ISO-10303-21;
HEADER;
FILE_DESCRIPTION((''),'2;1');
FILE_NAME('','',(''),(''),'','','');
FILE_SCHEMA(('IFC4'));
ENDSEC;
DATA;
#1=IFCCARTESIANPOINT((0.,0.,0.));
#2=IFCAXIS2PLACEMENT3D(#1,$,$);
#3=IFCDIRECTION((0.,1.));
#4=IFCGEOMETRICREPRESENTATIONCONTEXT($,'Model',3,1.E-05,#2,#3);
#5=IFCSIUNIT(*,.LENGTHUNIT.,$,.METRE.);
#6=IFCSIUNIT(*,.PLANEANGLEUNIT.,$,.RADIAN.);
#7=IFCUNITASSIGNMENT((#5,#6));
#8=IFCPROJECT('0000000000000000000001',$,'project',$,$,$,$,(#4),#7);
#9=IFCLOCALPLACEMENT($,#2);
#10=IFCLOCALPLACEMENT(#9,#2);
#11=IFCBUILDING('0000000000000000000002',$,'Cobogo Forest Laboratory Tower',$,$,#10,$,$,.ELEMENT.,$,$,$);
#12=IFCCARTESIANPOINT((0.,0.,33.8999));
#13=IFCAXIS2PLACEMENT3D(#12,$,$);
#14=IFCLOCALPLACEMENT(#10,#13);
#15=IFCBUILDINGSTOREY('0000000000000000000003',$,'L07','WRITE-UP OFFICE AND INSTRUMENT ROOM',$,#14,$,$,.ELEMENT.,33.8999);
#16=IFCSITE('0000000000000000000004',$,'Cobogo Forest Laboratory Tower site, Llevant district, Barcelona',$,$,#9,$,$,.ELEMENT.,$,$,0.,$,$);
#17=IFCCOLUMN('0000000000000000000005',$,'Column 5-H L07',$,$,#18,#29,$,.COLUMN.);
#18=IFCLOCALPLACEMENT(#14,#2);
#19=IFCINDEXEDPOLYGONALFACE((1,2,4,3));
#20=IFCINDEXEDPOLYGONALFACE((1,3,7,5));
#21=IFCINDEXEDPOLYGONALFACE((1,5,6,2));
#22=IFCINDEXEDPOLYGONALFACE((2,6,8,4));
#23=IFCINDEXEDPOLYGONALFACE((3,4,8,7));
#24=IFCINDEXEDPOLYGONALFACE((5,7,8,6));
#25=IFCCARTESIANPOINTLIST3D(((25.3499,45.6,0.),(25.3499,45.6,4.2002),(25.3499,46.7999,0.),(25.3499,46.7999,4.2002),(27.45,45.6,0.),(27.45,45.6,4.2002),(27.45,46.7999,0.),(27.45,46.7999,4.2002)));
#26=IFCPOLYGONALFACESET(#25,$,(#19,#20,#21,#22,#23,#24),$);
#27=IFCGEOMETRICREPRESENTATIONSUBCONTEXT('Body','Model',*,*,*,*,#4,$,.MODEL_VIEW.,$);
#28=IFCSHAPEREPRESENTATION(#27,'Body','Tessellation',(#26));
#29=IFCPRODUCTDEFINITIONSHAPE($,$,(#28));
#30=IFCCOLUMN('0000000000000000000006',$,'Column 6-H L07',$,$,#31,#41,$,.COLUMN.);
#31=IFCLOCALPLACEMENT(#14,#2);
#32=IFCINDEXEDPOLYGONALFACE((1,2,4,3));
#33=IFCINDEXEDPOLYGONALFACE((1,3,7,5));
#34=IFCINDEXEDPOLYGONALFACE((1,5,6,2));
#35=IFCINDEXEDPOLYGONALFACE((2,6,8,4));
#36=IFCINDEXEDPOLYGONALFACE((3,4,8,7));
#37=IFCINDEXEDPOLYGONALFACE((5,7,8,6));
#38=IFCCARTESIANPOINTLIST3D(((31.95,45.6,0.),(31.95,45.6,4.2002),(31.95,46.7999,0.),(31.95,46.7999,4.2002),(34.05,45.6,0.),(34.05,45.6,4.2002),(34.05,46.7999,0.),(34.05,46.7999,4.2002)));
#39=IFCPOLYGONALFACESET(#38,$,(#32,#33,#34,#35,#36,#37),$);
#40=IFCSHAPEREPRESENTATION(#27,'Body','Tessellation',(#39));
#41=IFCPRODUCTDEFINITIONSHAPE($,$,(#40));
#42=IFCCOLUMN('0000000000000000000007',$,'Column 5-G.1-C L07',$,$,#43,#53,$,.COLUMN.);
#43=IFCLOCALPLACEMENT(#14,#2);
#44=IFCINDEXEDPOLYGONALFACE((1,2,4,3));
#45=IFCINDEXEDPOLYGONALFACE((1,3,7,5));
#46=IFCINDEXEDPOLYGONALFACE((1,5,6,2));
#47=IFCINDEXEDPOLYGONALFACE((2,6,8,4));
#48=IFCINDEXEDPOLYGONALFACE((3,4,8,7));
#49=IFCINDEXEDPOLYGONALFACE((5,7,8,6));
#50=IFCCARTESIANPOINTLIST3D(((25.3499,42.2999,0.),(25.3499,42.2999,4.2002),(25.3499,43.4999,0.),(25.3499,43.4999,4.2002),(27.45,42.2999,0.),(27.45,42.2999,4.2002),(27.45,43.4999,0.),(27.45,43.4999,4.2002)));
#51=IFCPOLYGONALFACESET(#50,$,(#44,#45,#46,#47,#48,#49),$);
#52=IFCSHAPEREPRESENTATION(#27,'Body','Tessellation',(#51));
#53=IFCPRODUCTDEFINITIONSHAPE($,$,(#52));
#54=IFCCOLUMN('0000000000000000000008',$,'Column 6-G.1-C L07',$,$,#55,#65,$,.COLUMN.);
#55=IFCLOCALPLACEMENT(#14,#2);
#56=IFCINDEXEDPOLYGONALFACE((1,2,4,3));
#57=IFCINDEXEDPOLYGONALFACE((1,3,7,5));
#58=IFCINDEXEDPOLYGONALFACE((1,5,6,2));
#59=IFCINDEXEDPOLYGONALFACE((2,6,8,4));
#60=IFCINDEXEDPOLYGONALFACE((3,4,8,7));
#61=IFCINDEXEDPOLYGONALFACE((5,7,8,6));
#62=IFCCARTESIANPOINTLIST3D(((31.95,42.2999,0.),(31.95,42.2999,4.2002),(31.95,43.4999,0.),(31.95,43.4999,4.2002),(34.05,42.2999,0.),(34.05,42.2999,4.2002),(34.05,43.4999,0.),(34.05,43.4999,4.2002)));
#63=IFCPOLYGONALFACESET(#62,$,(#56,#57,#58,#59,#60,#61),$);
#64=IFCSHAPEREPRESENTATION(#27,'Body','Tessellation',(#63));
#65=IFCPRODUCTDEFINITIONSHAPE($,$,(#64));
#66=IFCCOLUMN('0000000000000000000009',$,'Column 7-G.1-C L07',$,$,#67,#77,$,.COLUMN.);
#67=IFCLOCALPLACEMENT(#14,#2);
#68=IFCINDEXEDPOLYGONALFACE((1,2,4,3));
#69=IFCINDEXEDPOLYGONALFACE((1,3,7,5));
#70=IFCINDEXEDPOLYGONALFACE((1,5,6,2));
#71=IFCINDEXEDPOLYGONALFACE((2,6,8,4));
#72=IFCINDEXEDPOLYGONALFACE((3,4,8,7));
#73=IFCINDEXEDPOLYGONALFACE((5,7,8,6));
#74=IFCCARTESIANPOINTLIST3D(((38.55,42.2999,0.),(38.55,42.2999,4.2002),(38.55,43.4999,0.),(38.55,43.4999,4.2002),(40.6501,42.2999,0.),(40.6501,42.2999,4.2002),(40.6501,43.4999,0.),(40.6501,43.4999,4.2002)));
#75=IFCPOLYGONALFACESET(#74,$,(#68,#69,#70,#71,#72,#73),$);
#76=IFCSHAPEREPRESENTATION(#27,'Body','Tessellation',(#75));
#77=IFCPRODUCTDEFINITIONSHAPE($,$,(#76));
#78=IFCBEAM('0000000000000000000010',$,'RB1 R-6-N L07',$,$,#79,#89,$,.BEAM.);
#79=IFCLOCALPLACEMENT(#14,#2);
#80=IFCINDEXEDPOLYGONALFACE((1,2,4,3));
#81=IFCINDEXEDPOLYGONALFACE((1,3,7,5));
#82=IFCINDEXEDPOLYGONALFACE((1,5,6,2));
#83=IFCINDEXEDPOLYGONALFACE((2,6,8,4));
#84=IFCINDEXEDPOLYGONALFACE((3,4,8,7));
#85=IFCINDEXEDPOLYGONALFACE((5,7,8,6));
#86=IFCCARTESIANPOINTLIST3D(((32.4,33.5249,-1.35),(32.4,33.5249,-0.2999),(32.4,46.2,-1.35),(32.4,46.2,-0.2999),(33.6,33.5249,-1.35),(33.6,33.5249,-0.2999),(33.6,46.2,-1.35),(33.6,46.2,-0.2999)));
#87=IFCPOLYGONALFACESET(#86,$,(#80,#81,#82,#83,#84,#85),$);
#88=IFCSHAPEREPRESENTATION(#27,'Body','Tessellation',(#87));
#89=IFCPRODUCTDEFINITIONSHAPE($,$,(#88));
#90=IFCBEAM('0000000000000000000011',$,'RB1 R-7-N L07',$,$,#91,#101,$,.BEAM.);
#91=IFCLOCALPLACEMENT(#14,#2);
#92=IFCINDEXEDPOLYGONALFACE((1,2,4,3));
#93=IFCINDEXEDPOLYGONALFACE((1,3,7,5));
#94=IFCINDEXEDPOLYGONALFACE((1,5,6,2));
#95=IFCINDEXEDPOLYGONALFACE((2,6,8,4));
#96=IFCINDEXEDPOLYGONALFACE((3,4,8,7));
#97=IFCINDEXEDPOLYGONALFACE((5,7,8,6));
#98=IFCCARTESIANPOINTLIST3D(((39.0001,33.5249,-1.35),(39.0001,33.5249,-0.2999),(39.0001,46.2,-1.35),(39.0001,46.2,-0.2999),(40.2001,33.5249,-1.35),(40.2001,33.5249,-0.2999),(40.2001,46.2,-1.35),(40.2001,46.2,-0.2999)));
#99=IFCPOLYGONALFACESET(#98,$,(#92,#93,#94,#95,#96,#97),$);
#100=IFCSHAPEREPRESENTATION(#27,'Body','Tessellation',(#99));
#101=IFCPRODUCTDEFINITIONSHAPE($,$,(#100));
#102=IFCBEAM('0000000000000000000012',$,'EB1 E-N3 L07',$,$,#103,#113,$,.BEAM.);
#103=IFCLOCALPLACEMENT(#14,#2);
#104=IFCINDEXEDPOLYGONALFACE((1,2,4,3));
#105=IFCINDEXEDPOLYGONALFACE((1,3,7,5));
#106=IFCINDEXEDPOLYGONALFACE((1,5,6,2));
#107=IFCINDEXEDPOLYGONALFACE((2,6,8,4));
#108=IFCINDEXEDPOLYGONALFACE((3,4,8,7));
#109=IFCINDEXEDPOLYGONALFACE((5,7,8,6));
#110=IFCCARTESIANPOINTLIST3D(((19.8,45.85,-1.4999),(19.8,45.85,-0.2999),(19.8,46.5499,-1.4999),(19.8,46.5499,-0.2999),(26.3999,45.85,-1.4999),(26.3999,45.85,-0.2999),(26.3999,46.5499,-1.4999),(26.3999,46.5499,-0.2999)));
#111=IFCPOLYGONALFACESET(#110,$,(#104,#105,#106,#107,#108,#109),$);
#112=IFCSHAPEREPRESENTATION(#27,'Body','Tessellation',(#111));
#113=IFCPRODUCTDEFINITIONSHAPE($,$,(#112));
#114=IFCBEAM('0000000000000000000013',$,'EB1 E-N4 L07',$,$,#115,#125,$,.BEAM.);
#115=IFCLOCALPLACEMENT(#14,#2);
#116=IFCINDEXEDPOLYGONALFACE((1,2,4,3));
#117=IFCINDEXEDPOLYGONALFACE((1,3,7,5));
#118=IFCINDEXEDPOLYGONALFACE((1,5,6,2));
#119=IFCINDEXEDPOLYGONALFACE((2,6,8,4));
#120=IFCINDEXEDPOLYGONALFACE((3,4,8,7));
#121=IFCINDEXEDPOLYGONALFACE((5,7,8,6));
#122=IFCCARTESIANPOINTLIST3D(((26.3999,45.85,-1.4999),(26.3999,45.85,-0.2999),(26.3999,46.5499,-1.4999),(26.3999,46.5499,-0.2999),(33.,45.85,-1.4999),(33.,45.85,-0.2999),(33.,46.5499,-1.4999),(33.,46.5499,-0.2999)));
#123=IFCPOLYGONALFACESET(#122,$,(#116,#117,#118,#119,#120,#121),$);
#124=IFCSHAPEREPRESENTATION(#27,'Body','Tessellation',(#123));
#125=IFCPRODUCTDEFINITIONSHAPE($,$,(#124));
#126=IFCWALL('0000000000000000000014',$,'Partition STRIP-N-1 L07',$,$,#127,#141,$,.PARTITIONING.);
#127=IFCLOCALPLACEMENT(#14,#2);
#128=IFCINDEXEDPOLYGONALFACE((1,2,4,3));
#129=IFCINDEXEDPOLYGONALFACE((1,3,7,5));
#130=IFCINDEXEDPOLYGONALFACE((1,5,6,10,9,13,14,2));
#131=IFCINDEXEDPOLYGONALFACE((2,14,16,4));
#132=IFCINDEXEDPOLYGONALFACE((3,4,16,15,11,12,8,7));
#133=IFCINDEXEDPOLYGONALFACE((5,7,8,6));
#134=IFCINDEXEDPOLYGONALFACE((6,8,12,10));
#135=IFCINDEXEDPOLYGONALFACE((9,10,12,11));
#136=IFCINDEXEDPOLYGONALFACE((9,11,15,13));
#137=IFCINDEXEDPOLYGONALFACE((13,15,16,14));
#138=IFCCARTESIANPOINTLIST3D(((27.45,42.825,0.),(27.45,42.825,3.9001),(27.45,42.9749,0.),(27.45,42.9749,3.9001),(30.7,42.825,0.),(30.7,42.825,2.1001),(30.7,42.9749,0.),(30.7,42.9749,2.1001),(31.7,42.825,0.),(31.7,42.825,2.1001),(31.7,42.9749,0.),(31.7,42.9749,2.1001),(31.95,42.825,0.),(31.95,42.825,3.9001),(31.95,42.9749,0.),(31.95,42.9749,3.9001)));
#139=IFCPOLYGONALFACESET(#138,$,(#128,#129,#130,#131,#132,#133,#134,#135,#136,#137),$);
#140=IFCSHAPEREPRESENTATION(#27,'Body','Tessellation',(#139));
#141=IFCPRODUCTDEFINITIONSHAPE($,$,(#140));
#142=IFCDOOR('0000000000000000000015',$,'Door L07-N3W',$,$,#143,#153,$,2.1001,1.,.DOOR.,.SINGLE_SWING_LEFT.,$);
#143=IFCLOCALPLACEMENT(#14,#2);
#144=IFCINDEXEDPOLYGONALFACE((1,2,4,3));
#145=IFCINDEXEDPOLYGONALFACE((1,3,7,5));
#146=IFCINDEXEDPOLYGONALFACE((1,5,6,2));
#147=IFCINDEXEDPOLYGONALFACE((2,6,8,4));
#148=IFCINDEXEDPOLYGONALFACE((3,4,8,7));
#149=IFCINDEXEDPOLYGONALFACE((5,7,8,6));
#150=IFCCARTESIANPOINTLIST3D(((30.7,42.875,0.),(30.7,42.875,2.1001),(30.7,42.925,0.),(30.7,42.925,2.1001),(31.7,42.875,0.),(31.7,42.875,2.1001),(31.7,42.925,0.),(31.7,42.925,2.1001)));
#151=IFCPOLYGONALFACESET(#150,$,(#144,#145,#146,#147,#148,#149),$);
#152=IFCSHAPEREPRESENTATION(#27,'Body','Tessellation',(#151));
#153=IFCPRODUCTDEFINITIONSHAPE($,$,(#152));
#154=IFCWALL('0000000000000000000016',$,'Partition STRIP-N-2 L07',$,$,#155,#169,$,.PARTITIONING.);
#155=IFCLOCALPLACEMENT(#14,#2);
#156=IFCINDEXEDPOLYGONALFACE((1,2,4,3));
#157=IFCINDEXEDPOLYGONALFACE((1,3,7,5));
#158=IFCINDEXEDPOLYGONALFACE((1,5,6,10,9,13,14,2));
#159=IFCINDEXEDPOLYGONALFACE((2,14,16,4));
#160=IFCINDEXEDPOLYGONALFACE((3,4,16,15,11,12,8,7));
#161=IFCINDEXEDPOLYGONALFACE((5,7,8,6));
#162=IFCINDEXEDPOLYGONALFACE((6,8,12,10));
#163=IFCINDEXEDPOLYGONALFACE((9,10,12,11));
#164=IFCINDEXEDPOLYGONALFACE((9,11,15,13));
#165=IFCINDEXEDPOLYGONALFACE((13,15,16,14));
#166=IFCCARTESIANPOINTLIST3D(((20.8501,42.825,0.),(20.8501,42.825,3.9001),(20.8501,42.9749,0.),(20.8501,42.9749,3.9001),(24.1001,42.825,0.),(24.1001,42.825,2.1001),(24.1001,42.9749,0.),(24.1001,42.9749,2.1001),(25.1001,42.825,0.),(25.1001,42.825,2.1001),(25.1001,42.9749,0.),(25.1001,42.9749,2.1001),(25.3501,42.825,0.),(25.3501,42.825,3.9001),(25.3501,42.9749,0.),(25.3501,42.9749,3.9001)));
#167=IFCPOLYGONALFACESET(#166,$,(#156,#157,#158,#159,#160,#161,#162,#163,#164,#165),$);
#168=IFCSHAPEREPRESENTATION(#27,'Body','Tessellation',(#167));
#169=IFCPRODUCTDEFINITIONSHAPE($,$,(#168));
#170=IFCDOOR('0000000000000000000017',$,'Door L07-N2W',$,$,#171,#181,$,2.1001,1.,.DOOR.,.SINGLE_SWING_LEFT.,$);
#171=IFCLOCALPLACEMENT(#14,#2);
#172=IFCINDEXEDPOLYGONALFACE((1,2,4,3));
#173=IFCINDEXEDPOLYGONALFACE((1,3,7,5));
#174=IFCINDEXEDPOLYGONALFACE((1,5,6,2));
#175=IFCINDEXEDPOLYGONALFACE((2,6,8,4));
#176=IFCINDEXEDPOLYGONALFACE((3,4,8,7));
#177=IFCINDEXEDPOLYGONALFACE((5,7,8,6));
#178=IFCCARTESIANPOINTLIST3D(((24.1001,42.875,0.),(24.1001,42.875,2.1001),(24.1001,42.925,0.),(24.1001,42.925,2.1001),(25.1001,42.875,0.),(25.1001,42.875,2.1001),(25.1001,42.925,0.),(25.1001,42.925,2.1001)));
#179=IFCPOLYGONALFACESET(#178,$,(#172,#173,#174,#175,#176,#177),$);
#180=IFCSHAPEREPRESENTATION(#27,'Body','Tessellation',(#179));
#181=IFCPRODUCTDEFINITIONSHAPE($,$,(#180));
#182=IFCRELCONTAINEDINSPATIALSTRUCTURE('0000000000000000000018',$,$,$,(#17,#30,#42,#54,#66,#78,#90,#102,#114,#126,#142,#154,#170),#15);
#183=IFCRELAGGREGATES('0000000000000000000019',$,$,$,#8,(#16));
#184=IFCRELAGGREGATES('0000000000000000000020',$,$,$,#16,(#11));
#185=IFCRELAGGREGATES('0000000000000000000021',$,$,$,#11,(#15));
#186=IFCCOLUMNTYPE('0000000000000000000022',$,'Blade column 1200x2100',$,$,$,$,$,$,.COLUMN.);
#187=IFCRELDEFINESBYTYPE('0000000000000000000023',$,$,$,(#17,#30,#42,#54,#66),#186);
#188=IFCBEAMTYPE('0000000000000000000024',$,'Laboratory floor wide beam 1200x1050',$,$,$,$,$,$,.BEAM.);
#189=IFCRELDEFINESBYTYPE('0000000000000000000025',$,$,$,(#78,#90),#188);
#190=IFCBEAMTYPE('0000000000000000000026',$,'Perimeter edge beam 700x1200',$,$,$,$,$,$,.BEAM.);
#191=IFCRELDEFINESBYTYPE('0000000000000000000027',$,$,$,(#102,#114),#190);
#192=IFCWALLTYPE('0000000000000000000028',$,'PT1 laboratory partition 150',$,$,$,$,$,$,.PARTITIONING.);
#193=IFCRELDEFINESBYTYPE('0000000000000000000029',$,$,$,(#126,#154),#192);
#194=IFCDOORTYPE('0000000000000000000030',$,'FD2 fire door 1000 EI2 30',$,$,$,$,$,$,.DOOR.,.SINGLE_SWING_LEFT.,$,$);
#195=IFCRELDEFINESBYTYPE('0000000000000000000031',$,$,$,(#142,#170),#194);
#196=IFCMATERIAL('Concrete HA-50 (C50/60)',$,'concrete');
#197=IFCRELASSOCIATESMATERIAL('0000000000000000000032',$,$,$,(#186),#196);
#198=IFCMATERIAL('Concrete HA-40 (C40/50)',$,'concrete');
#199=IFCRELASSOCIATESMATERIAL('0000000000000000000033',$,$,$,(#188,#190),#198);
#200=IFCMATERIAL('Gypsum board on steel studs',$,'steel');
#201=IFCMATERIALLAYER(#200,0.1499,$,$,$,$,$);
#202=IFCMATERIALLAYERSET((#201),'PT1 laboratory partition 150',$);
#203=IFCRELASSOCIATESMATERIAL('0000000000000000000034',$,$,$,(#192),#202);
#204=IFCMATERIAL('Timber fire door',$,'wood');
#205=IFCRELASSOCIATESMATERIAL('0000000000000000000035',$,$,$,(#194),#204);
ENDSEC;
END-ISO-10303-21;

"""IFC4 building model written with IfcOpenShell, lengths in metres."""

from ifc_helpers import new_model, si_unit, direction, frame, frame_2d, origin, origin_2d, place, context, subcontext, project, spatial, rectangle, extrude, material, layer, layer_set, material_profile, profile_set, type_object, element, fill, save


model = new_model("IFC4")

# Units and contexts
model_context = context("Model", 3, precision=1e-05, world=origin(), true_north=direction((0.0, 1.0)))
body_context = subcontext(model_context, "Body", "Model", "MODEL_VIEW")
ifc_project = project(units=[si_unit("LENGTHUNIT", "METRE"), si_unit("PLANEANGLEUNIT", "RADIAN")], contexts=[model_context])

# Site, building, storey
site_placement = place(None, origin())
site = spatial("IfcSite", under=ifc_project, at=site_placement, Name="Cobogo Forest Laboratory Tower site, Llevant district, Barcelona", CompositionType="ELEMENT", RefElevation=0.0)
building_placement = place(site_placement, origin())
building = spatial("IfcBuilding", under=site, at=building_placement, Name="Cobogo Forest Laboratory Tower", CompositionType="ELEMENT")
storey_placement = place(building_placement, frame((0.0, 0.0, 33.8999)))
storey = spatial("IfcBuildingStorey", under=building, at=storey_placement, Name="L07", Description="WRITE-UP OFFICE AND INSTRUMENT ROOM", CompositionType="ELEMENT", Elevation=33.8999)

# Columns
ifc_material_1 = material(Name="Concrete HA-50 (C50/60)", Category="concrete")
ifc_material_profile_1 = material_profile(ifc_material_1, rectangle(XDim=2.1001, YDim=1.2, at=origin_2d()), Name="RC 1200x2100")
ifc_profile_set_1 = profile_set([ifc_material_profile_1], Name="Concrete HA-50 (C50/60)")
column_type = type_object("IfcColumnType", Name="Blade column 1200x2100", PredefinedType="COLUMN", material=ifc_profile_set_1)
for number, where, z_axis, x_axis, name in (
    (1, (26.3999, 46.2, 0.0), (0.0, 0.0, 1.0), (1.0, 0.0, 0.0), "Column 5-H L07"),
    (2, (33.0, 46.2, 0.0), (0.0, 0.0, 1.0), (1.0, 0.0, 0.0), "Column 6-H L07"),
    (3, (26.3999, 42.8999, 0.0), (0.0, 0.0, 1.0), (1.0, 0.0, 0.0), "Column 5-G.1-C L07"),
    (4, (33.0, 42.8999, 0.0), (0.0, 0.0, 1.0), (1.0, 0.0, 0.0), "Column 6-G.1-C L07"),
    (5, (39.6001, 42.8999, 0.0), (0.0, 0.0, 1.0), (1.0, 0.0, 0.0), "Column 7-G.1-C L07"),
):
    element("IfcColumn", number, at=place(storey_placement, frame(where, z_axis=z_axis, x_axis=x_axis)), inside=storey, type_object=column_type, Name=name, PredefinedType="COLUMN", context=body_context, shape_type="SweptSolid", body=[
        extrude(rectangle(XDim=2.1001, YDim=1.2, at=origin_2d()), origin(), (0.0, 0.0, 1.0), 4.2002),
    ])

# Beams
ifc_material_2 = material(Name="Concrete HA-40 (C40/50)", Category="concrete")
ifc_material_profile_2 = material_profile(ifc_material_2, rectangle(XDim=1.2, YDim=1.05, at=origin_2d()), Name="RC 1200x1050")
ifc_profile_set_2 = profile_set([ifc_material_profile_2], Name="Concrete HA-40 (C40/50)")
beam_type_1 = type_object("IfcBeamType", Name="Laboratory floor wide beam 1200x1050", PredefinedType="BEAM", material=ifc_profile_set_2)
for number, where, z_axis, x_axis, name in (
    (6, (33.0, 33.5249, -0.825), (0.0, 1.0, 0.0), (-1.0, 0.0, 0.0), "RB1 R-6-N L07"),
    (7, (39.6001, 33.5249, -0.825), (0.0, 1.0, 0.0), (-1.0, 0.0, 0.0), "RB1 R-7-N L07"),
):
    element("IfcBeam", number, at=place(storey_placement, frame(where, z_axis=z_axis, x_axis=x_axis)), inside=storey, type_object=beam_type_1, Name=name, PredefinedType="BEAM", context=body_context, shape_type="SweptSolid", body=[
        extrude(rectangle(XDim=1.2, YDim=1.05, at=origin_2d()), origin(), (0.0, 0.0, 1.0), 12.675),
    ])
ifc_material_profile_3 = material_profile(ifc_material_2, rectangle(XDim=0.7, YDim=1.2, at=origin_2d()), Name="RC 700x1200")
ifc_profile_set_3 = profile_set([ifc_material_profile_3], Name="Concrete HA-40 (C40/50)")
beam_type_2 = type_object("IfcBeamType", Name="Perimeter edge beam 700x1200", PredefinedType="BEAM", material=ifc_profile_set_3)
beam_1_placement = place(storey_placement, frame((19.8, 46.2, -0.8999), z_axis=(1.0, 0.0, 0.0), x_axis=(0.0, 1.0, 0.0)))
element("IfcBeam", 8, at=beam_1_placement, inside=storey, type_object=beam_type_2, Name="EB1 E-N3 L07", PredefinedType="BEAM", context=body_context, shape_type="SweptSolid", body=[
    extrude(rectangle(XDim=0.7, YDim=1.2, at=origin_2d()), origin(), (0.0, 0.0, 1.0), 6.5999),
])
beam_2_placement = place(storey_placement, frame((26.3999, 46.2, -0.8999), z_axis=(1.0, 0.0, 0.0), x_axis=(0.0, 1.0, 0.0)))
element("IfcBeam", 9, at=beam_2_placement, inside=storey, type_object=beam_type_2, Name="EB1 E-N4 L07", PredefinedType="BEAM", context=body_context, shape_type="SweptSolid", body=[
    extrude(rectangle(XDim=0.7, YDim=1.2, at=origin_2d()), origin(), (0.0, 0.0, 1.0), 6.6001),
])

# Walls, openings, doors
ifc_material_3 = material(Name="Gypsum board on steel studs", Category="steel")
ifc_layer_1 = layer(ifc_material_3, 0.1499)
ifc_layer_set_1 = layer_set([ifc_layer_1], Name="PT1 laboratory partition 150")
wall_type_1 = type_object("IfcWallType", Name="PT1 laboratory partition 150", PredefinedType="PARTITIONING", material=ifc_layer_set_1)
wall_1_placement = place(storey_placement, frame((31.95, 42.8999, 0.0), z_axis=(0.0, 0.0, 1.0), x_axis=(-1.0, 0.0, 0.0)))
wall_1 = element("IfcWall", 10, at=wall_1_placement, inside=storey, type_object=wall_type_1, Name="Partition STRIP-N-1 L07", PredefinedType="PARTITIONING", context=body_context, shape_type="SweptSolid", body=[
    extrude(rectangle(XDim=4.5, YDim=0.1499, at=frame_2d((2.25, 0.0))), origin(), (0.0, 0.0, 1.0), 3.9001),
])
opening_1_placement = place(wall_1_placement, frame((0.25, 0.0, 0.0)))
opening_1 = element("IfcOpeningElement", 11, at=opening_1_placement, cuts=wall_1, PredefinedType="OPENING", context=body_context, shape_type="SweptSolid", body=[
    extrude(rectangle(XDim=1.0, YDim=2.1001, at=frame_2d((0.5, 1.05))), frame((0.0, 0.085, 0.0), z_axis=(0.0, -1.0, 0.0), x_axis=(1.0, 0.0, 0.0)), (0.0, 0.0, 1.0), 0.1699),
])
ifc_material_4 = material(Name="Timber fire door", Category="wood")
door_type = type_object("IfcDoorType", Name="FD2 fire door 1000 EI2 30", OperationType="SINGLE_SWING_LEFT", PredefinedType="DOOR", material=ifc_material_4)
door_1_placement = place(opening_1_placement, origin())
door_1 = element("IfcDoor", 12, at=door_1_placement, inside=storey, type_object=door_type, Name="Door L07-N3W", OperationType="SINGLE_SWING_LEFT", OverallHeight=2.1001, OverallWidth=1.0, PredefinedType="DOOR", context=body_context, shape_type="SweptSolid", body=[
    extrude(rectangle(XDim=1.0, YDim=2.1001, at=frame_2d((0.5, 1.05))), frame((0.0, 0.0249, 0.0), z_axis=(0.0, -1.0, 0.0), x_axis=(1.0, 0.0, 0.0)), (0.0, 0.0, 1.0), 0.05),
])
fill(opening_1, door_1)
wall_2_placement = place(storey_placement, frame((25.3501, 42.8999, 0.0), z_axis=(0.0, 0.0, 1.0), x_axis=(-1.0, 0.0, 0.0)))
wall_2 = element("IfcWall", 13, at=wall_2_placement, inside=storey, type_object=wall_type_1, Name="Partition STRIP-N-2 L07", PredefinedType="PARTITIONING", context=body_context, shape_type="SweptSolid", body=[
    extrude(rectangle(XDim=4.5, YDim=0.1499, at=frame_2d((2.25, 0.0))), origin(), (0.0, 0.0, 1.0), 3.9001),
])
opening_2_placement = place(wall_2_placement, frame((0.25, 0.0, 0.0)))
opening_2 = element("IfcOpeningElement", 14, at=opening_2_placement, cuts=wall_2, PredefinedType="OPENING", context=body_context, shape_type="SweptSolid", body=[
    extrude(rectangle(XDim=1.0, YDim=2.1001, at=frame_2d((0.5, 1.05))), frame((0.0, 0.085, 0.0), z_axis=(0.0, -1.0, 0.0), x_axis=(1.0, 0.0, 0.0)), (0.0, 0.0, 1.0), 0.1699),
])
door_2_placement = place(opening_2_placement, origin())
door_2 = element("IfcDoor", 15, at=door_2_placement, inside=storey, type_object=door_type, Name="Door L07-N2W", OperationType="SINGLE_SWING_LEFT", OverallHeight=2.1001, OverallWidth=1.0, PredefinedType="DOOR", context=body_context, shape_type="SweptSolid", body=[
    extrude(rectangle(XDim=1.0, YDim=2.1001, at=frame_2d((0.5, 1.05))), frame((0.0, 0.0249, 0.0), z_axis=(0.0, -1.0, 0.0), x_axis=(1.0, 0.0, 0.0)), (0.0, 0.0, 1.0), 0.05),
])
fill(opening_2, door_2)

save(model, "model.ifc")
